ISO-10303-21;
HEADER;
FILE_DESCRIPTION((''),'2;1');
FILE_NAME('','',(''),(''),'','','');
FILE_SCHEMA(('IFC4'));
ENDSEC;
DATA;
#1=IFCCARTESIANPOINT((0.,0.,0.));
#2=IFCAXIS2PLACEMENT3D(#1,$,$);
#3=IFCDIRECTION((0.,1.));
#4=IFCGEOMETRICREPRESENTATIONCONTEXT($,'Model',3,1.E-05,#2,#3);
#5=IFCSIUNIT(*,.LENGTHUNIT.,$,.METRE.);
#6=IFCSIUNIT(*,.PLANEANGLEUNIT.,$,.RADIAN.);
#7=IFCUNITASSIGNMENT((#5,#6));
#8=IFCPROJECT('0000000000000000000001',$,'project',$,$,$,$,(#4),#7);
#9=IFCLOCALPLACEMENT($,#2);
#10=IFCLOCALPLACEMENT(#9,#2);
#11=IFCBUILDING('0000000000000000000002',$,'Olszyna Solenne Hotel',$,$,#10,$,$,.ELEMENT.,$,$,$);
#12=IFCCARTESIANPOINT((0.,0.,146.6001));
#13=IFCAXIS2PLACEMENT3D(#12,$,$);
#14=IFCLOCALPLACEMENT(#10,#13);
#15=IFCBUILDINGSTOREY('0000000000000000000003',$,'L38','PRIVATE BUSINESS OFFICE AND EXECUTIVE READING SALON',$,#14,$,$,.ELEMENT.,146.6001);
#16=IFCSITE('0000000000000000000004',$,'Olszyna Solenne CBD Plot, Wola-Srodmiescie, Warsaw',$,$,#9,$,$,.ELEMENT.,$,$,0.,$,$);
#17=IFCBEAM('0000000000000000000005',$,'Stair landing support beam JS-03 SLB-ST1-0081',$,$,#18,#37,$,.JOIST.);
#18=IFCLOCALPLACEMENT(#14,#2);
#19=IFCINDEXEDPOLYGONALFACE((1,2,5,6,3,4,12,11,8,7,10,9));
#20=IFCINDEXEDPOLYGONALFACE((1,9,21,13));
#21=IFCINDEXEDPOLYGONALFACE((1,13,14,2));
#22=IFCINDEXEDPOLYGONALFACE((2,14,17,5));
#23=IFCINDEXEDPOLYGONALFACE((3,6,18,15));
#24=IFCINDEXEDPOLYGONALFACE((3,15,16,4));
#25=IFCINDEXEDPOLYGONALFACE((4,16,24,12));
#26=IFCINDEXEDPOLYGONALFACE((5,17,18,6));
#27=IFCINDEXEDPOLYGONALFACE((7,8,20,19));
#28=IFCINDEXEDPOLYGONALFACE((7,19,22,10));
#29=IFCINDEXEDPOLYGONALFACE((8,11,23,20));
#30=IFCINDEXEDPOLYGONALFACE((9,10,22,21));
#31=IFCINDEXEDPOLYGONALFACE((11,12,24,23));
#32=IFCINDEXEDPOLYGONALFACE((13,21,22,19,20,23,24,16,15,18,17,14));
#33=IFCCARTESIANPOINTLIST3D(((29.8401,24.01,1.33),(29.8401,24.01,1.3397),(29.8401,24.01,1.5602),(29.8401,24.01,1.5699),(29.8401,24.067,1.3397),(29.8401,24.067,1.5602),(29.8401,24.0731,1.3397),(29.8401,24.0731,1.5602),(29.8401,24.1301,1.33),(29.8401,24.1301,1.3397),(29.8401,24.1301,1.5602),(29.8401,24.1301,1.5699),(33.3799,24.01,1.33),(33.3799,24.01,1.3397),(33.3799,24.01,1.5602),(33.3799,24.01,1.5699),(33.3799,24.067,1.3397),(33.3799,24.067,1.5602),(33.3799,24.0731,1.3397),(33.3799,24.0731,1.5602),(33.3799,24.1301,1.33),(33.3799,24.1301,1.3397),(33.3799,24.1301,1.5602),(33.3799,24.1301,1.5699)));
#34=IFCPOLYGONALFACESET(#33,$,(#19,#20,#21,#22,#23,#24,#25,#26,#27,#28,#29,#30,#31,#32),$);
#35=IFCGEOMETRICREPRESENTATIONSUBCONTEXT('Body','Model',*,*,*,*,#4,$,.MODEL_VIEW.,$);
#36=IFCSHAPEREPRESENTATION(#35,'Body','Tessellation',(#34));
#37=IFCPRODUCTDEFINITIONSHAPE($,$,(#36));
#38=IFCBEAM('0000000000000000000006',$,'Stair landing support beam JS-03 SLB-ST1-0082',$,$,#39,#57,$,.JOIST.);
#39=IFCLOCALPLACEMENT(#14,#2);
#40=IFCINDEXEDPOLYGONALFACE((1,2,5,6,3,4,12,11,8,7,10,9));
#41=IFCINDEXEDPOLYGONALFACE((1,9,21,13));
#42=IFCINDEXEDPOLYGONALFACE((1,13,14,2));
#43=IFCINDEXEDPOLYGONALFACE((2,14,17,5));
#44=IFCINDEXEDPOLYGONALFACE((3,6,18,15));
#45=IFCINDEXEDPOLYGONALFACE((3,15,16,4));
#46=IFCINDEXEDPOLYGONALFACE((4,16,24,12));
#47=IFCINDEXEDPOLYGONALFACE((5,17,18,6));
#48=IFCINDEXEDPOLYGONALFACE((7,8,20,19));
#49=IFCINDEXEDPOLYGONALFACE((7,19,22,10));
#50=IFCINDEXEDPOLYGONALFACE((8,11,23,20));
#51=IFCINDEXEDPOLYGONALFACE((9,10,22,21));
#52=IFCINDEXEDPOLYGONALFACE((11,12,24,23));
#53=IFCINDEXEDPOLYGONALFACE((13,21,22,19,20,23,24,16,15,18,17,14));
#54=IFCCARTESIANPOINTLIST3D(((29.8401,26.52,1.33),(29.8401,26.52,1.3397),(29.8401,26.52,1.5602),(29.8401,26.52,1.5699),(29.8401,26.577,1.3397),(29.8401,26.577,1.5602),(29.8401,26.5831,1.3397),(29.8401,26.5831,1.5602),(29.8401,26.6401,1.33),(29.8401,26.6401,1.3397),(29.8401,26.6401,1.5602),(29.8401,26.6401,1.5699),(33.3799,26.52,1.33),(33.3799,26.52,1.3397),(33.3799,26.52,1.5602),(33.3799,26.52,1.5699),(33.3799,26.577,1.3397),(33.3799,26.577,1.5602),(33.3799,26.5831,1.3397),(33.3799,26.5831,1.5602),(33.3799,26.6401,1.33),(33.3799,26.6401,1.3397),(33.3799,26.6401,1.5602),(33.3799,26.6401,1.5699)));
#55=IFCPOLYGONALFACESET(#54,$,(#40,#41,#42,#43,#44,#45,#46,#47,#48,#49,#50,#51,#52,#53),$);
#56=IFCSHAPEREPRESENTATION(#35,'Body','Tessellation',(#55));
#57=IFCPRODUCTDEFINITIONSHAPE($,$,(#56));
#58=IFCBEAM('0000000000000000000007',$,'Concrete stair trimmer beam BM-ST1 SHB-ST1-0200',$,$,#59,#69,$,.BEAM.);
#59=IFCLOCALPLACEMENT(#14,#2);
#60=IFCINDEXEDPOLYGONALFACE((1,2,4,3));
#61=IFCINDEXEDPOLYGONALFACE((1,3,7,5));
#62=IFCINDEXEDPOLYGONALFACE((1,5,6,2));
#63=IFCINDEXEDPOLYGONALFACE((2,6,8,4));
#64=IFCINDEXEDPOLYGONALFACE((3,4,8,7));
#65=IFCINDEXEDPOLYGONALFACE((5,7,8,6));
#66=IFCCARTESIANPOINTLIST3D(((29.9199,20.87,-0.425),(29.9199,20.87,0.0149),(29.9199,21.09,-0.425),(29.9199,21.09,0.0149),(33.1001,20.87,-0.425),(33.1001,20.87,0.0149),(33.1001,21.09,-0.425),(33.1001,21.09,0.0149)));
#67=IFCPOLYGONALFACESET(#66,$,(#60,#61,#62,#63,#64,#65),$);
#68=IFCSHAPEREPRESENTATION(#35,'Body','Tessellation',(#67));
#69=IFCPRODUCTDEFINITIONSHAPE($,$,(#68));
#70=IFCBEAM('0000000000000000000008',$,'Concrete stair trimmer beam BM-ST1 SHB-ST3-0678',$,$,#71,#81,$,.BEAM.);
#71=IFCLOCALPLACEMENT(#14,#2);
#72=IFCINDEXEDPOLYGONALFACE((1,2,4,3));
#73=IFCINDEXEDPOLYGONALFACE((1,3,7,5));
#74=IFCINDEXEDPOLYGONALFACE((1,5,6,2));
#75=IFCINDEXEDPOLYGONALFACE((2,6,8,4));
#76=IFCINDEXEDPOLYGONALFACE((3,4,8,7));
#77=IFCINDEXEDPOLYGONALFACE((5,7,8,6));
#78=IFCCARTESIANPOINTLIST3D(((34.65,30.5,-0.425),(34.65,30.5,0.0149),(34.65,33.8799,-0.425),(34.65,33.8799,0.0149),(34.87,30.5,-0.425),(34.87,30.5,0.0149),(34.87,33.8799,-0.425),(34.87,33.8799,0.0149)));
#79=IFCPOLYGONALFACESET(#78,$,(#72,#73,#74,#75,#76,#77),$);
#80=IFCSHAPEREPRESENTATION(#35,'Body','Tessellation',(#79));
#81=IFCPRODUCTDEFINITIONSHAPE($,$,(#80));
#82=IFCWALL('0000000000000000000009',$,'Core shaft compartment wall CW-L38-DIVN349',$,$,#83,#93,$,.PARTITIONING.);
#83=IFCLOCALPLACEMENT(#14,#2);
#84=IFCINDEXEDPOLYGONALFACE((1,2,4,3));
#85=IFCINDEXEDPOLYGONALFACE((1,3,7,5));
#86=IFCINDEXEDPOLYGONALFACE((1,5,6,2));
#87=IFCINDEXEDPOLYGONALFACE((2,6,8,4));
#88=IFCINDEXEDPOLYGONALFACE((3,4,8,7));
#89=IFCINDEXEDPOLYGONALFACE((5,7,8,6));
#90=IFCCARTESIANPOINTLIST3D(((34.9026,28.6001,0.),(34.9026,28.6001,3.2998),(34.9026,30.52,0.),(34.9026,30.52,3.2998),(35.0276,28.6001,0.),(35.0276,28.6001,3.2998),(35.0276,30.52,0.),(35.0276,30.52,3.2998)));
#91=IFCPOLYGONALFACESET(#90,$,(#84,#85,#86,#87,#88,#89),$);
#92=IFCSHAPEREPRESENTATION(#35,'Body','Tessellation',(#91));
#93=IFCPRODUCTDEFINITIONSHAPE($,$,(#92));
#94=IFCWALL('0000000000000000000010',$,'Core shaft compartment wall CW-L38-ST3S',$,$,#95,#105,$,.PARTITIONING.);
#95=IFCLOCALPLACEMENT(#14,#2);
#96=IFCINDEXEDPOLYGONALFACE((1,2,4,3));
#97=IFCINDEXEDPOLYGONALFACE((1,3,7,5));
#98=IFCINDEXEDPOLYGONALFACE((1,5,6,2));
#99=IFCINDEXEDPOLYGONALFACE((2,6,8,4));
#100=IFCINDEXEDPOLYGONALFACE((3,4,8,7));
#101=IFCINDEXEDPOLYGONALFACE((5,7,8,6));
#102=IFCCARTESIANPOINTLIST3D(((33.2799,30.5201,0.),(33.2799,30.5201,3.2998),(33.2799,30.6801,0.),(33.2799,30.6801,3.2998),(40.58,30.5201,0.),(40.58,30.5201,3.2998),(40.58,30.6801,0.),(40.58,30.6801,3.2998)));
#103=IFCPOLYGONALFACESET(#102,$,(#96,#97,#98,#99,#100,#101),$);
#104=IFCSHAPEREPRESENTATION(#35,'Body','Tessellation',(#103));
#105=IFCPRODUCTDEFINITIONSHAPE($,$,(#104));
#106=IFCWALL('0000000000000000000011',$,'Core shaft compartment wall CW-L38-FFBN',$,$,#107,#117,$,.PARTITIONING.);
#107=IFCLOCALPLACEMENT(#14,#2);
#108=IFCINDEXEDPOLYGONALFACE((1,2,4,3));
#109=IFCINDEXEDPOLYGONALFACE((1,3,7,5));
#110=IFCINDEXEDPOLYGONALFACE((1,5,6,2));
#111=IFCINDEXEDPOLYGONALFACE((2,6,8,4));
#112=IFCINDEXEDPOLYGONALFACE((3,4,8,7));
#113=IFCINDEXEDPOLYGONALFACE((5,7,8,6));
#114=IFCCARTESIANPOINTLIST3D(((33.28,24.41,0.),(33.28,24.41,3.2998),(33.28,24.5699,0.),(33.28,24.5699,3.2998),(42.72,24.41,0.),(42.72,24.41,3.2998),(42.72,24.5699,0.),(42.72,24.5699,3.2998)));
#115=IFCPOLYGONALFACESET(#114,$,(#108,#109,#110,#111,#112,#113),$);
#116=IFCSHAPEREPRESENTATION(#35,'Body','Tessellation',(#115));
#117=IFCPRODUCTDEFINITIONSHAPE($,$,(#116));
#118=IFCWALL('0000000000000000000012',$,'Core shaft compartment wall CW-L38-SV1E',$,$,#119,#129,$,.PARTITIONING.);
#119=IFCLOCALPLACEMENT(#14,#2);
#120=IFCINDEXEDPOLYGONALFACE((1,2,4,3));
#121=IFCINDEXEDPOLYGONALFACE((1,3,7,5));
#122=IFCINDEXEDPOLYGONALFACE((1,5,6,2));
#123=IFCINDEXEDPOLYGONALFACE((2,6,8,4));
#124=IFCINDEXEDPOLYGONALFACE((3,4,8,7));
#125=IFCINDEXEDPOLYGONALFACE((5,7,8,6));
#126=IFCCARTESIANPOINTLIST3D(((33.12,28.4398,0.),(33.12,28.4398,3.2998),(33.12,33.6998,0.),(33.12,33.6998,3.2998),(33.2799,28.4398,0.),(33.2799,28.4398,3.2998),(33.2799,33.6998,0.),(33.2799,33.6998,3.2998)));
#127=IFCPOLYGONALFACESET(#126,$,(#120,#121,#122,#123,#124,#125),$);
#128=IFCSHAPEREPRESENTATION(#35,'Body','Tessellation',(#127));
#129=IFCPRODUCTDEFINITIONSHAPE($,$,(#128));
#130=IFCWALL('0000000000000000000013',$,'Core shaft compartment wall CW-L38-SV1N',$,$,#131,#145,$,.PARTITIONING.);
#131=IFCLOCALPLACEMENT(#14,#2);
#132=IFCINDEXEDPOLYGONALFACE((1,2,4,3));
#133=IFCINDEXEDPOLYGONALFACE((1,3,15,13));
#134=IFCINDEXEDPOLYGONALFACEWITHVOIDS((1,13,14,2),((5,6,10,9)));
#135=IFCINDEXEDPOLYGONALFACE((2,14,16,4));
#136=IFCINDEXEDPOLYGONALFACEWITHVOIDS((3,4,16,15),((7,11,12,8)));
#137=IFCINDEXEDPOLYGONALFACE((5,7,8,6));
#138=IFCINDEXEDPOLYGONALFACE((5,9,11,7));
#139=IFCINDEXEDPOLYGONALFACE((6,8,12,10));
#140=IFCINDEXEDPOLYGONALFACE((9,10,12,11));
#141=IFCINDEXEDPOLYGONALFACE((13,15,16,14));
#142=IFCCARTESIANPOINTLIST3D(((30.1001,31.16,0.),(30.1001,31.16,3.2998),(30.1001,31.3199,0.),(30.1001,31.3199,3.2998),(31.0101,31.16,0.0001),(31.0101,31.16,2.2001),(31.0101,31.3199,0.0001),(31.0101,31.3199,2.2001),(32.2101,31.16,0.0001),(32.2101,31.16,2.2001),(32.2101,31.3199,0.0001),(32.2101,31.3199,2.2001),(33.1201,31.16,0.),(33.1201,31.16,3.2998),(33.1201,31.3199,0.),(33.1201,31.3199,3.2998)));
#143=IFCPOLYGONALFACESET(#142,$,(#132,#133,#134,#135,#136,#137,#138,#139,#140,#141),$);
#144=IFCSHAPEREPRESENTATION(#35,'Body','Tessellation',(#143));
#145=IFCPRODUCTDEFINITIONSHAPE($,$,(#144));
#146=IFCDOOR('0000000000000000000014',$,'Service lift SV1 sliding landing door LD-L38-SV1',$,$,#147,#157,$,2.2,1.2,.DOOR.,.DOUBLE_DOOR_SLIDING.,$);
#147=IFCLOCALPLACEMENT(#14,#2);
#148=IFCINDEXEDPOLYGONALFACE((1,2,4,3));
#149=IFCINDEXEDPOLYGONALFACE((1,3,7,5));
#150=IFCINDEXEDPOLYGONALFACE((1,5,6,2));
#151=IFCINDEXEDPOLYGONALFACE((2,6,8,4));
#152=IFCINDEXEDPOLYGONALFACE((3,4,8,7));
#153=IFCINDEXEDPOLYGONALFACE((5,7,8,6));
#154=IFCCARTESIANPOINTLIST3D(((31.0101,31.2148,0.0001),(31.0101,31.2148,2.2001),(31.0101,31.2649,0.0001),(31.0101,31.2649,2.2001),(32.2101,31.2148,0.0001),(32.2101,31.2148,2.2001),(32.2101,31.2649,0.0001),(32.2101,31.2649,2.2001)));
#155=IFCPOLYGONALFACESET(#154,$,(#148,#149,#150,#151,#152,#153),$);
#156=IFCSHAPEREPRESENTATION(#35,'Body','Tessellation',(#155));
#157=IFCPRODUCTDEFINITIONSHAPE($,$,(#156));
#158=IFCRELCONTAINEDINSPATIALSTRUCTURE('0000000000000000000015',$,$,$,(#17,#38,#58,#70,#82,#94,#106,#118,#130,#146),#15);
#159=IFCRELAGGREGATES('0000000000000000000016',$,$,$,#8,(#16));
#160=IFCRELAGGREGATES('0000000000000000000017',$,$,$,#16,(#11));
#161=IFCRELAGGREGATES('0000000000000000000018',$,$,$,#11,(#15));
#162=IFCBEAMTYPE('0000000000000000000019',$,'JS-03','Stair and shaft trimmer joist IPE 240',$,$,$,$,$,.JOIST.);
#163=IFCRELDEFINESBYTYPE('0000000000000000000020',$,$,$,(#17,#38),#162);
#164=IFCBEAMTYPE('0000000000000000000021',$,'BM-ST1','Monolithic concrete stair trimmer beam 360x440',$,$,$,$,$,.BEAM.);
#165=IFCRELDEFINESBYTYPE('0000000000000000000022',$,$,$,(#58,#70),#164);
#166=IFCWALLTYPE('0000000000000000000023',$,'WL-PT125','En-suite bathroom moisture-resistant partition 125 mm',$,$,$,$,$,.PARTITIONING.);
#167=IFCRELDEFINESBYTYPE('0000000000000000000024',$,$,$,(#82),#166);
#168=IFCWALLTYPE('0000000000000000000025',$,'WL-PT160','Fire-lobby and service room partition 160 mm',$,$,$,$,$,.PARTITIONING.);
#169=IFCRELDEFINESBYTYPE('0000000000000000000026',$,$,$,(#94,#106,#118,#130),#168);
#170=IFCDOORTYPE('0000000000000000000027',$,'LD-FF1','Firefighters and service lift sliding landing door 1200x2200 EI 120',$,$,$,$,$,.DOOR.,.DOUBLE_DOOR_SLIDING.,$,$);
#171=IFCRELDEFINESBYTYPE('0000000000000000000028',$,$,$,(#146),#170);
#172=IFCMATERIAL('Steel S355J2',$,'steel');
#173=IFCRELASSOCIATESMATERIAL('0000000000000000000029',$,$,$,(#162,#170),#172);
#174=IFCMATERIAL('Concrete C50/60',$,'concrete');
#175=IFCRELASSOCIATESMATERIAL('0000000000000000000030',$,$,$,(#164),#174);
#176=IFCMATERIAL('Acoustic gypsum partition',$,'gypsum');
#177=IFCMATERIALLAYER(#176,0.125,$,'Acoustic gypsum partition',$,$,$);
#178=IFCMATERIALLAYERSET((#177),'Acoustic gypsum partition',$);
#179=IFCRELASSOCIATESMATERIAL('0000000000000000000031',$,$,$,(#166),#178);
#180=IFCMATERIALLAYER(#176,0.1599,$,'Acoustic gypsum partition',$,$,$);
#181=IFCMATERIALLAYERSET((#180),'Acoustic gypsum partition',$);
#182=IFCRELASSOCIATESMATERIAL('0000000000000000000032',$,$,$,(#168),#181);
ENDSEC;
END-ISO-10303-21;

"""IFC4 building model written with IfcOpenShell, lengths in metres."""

from ifc_helpers import new_model, si_unit, direction, frame, frame_2d, origin, origin_2d, place, context, subcontext, project, spatial, rectangle, i_section, extrude, source, transform, mapped, material, layer, layer_set, material_profile, profile_set, type_object, type_shapes, element, fill, save


model = new_model("IFC4")

# Units and contexts
model_context = context("Model", 3, precision=1e-05, world=origin(), true_north=direction((0.0, 1.0)))
body_context = subcontext(model_context, "Body", "Model", "MODEL_VIEW")
ifc_project = project(units=[si_unit("LENGTHUNIT", "METRE"), si_unit("PLANEANGLEUNIT", "RADIAN")], contexts=[model_context])

# Site, building, storey
site_placement = place(None, origin())
site = spatial("IfcSite", under=ifc_project, at=site_placement, Name="Olszyna Solenne CBD Plot, Wola-Srodmiescie, Warsaw", CompositionType="ELEMENT", RefElevation=0.0)
building_placement = place(site_placement, origin())
building = spatial("IfcBuilding", under=site, at=building_placement, Name="Olszyna Solenne Hotel", CompositionType="ELEMENT")
storey_placement = place(building_placement, frame((0.0, 0.0, 146.6001)))
storey = spatial("IfcBuildingStorey", under=building, at=storey_placement, Name="L38", Description="PRIVATE BUSINESS OFFICE AND EXECUTIVE READING SALON", CompositionType="ELEMENT", Elevation=146.6001)

# Beams
ifc_material_1 = material(Name="Steel S355J2", Category="steel")
ifc_material_profile_1 = material_profile(ifc_material_1, i_section(OverallWidth=0.1201, OverallDepth=0.24, WebThickness=0.0061, FlangeThickness=0.0098, at=origin_2d()), Name="IPE 240", Category="load-bearing")
ifc_profile_set_1 = profile_set([ifc_material_profile_1], Name="Steel S355J2")
beam_type_1 = type_object("IfcBeamType", Name="JS-03", Description="Stair and shaft trimmer joist IPE 240", PredefinedType="JOIST", material=ifc_profile_set_1)
shared_shape_1 = source(origin(), body_context, "Body", "SweptSolid", [
    extrude(i_section(OverallWidth=0.1201, OverallDepth=0.24, WebThickness=0.0061, FlangeThickness=0.0098, at=origin_2d()), origin(), (0.0, 0.0, 1.0), 3.5398),
])
for number, where, z_axis, x_axis, name in (
    (1, (33.3799, 24.0701, 1.45), (-1.0, 0.0, 0.0), (0.0, -1.0, 0.0), "Stair landing support beam JS-03 SLB-ST1-0081"),
    (2, (33.3799, 26.5801, 1.45), (-1.0, 0.0, 0.0), (0.0, -1.0, 0.0), "Stair landing support beam JS-03 SLB-ST1-0082"),
):
    element("IfcBeam", number, at=place(storey_placement, frame(where, z_axis=z_axis, x_axis=x_axis)), inside=storey, type_object=beam_type_1, Name=name, PredefinedType="JOIST", context=body_context, shape_type="MappedRepresentation", body=[
        mapped(shared_shape_1, transform((0.0, 0.0, 0.0), x_axis=(1.0, 0.0, 0.0), y_axis=(0.0, 1.0, 0.0), z_axis=(0.0, 0.0, 1.0), scale=1.0)),
    ])
ifc_material_2 = material(Name="Concrete C50/60", Category="concrete")
ifc_material_profile_2 = material_profile(ifc_material_2, rectangle(XDim=0.22, YDim=0.4399, at=origin_2d()), Name="RC 220x440", Category="load-bearing")
ifc_profile_set_2 = profile_set([ifc_material_profile_2], Name="Concrete C50/60")
beam_type_2 = type_object("IfcBeamType", Name="BM-ST1", Description="Monolithic concrete stair trimmer beam 360x440", PredefinedType="BEAM", material=ifc_profile_set_2)
shared_shape_2 = source(origin(), body_context, "Body", "SweptSolid", [
    extrude(rectangle(XDim=0.22, YDim=0.4399, at=origin_2d()), origin(), (0.0, 0.0, 1.0), 3.1802),
])
beam_1_placement = place(storey_placement, frame((33.1001, 20.98, -0.2051), z_axis=(-1.0, 0.0, 0.0), x_axis=(0.0, -1.0, 0.0)))
element("IfcBeam", 3, at=beam_1_placement, inside=storey, type_object=beam_type_2, Name="Concrete stair trimmer beam BM-ST1 SHB-ST1-0200", PredefinedType="BEAM", context=body_context, shape_type="MappedRepresentation", body=[
    mapped(shared_shape_2, transform((0.0, 0.0, 0.0), x_axis=(1.0, 0.0, 0.0), y_axis=(0.0, 1.0, 0.0), z_axis=(0.0, 0.0, 1.0), scale=1.0)),
])
shared_shape_3 = source(origin(), body_context, "Body", "SweptSolid", [
    extrude(rectangle(XDim=0.22, YDim=0.4399, at=origin_2d()), origin(), (0.0, 0.0, 1.0), 3.3799),
])
beam_2_placement = place(storey_placement, frame((34.76, 30.5, -0.2051), z_axis=(0.0, 1.0, 0.0), x_axis=(-1.0, 0.0, 0.0)))
element("IfcBeam", 4, at=beam_2_placement, inside=storey, type_object=beam_type_2, Name="Concrete stair trimmer beam BM-ST1 SHB-ST3-0678", PredefinedType="BEAM", context=body_context, shape_type="MappedRepresentation", body=[
    mapped(shared_shape_3, transform((0.0, 0.0, 0.0), x_axis=(1.0, 0.0, 0.0), y_axis=(0.0, 1.0, 0.0), z_axis=(0.0, 0.0, 1.0), scale=1.0)),
])

# Walls
ifc_material_3 = material(Name="Acoustic gypsum partition", Category="gypsum")
ifc_layer_1 = layer(ifc_material_3, 0.125, Name="Acoustic gypsum partition")
ifc_layer_set_1 = layer_set([ifc_layer_1], Name="Acoustic gypsum partition")
wall_type_1 = type_object("IfcWallType", Name="WL-PT125", Description="En-suite bathroom moisture-resistant partition 125 mm", PredefinedType="PARTITIONING", material=ifc_layer_set_1)
wall_1_placement = place(storey_placement, frame((34.9651, 28.6001, 0.0), z_axis=(0.0, 0.0, 1.0), x_axis=(0.0, 1.0, 0.0)))
element("IfcWall", 5, at=wall_1_placement, inside=storey, type_object=wall_type_1, Name="Core shaft compartment wall CW-L38-DIVN349", PredefinedType="PARTITIONING", context=body_context, shape_type="SweptSolid", body=[
    extrude(rectangle(XDim=1.9199, YDim=0.125, at=frame_2d((0.96, 0.0))), origin(), (0.0, 0.0, 1.0), 3.2998),
])
ifc_layer_2 = layer(ifc_material_3, 0.1599, Name="Acoustic gypsum partition")
ifc_layer_set_2 = layer_set([ifc_layer_2], Name="Acoustic gypsum partition")
wall_type_2 = type_object("IfcWallType", Name="WL-PT160", Description="Fire-lobby and service room partition 160 mm", PredefinedType="PARTITIONING", material=ifc_layer_set_2)
wall_2_placement = place(storey_placement, frame((33.28, 30.6001, 0.0), z_axis=(0.0, 0.0, 1.0), x_axis=(1.0, 0.0, 0.0)))
element("IfcWall", 6, at=wall_2_placement, inside=storey, type_object=wall_type_2, Name="Core shaft compartment wall CW-L38-ST3S", PredefinedType="PARTITIONING", context=body_context, shape_type="SweptSolid", body=[
    extrude(rectangle(XDim=7.3, YDim=0.1599, at=frame_2d((3.6499, 0.0))), origin(), (0.0, 0.0, 1.0), 3.2998),
])
wall_3_placement = place(storey_placement, frame((33.28, 24.49, 0.0), z_axis=(0.0, 0.0, 1.0), x_axis=(1.0, 0.0, 0.0)))
element("IfcWall", 7, at=wall_3_placement, inside=storey, type_object=wall_type_2, Name="Core shaft compartment wall CW-L38-FFBN", PredefinedType="PARTITIONING", context=body_context, shape_type="SweptSolid", body=[
    extrude(rectangle(XDim=9.4399, YDim=0.1599, at=frame_2d((4.72, 0.0))), origin(), (0.0, 0.0, 1.0), 3.2998),
])
wall_4_placement = place(storey_placement, frame((33.2, 28.4399, 0.0), z_axis=(0.0, 0.0, 1.0), x_axis=(0.0, 1.0, 0.0)))
element("IfcWall", 8, at=wall_4_placement, inside=storey, type_object=wall_type_2, Name="Core shaft compartment wall CW-L38-SV1E", PredefinedType="PARTITIONING", context=body_context, shape_type="SweptSolid", body=[
    extrude(rectangle(XDim=5.26, YDim=0.1599, at=frame_2d((2.6299, 0.0))), origin(), (0.0, 0.0, 1.0), 3.2998),
])

# Wall, opening, door
wall_5_placement = place(storey_placement, frame((30.1001, 31.24, 0.0), z_axis=(0.0, 0.0, 1.0), x_axis=(1.0, 0.0, 0.0)))
wall_5 = element("IfcWall", 9, at=wall_5_placement, inside=storey, type_object=wall_type_2, Name="Core shaft compartment wall CW-L38-SV1N", PredefinedType="PARTITIONING", context=body_context, shape_type="SweptSolid", body=[
    extrude(rectangle(XDim=3.02, YDim=0.1599, at=frame_2d((1.51, 0.0))), origin(), (0.0, 0.0, 1.0), 3.2998),
])
opening_1_placement = place(wall_5_placement, frame((0.9099, 0.0, 0.0)))
opening_1 = element("IfcOpeningElement", 10, at=opening_1_placement, cuts=wall_5, PredefinedType="OPENING", context=body_context, shape_type="SweptSolid", body=[
    extrude(rectangle(XDim=1.2, YDim=2.2, at=frame_2d((0.6001, 1.1001))), frame((0.0, 0.0898, 0.0), z_axis=(0.0, -1.0, 0.0), x_axis=(1.0, 0.0, 0.0)), (0.0, 0.0, 1.0), 0.1799),
])
door_type_1 = type_object("IfcDoorType", Name="LD-FF1", Description="Firefighters and service lift sliding landing door 1200x2200 EI 120", OperationType="DOUBLE_DOOR_SLIDING", PredefinedType="DOOR", material=ifc_material_1)
shared_shape_4 = source(origin(), body_context, "Body", "SweptSolid", [
    extrude(rectangle(XDim=1.2, YDim=2.2, at=frame_2d((0.6001, 1.1001))), frame((0.0, 0.0249, 0.0), z_axis=(0.0, -1.0, 0.0), x_axis=(1.0, 0.0, 0.0)), (0.0, 0.0, 1.0), 0.05),
])
type_shapes(door_type_1, [shared_shape_4])
door_1_placement = place(opening_1_placement, origin())
door_1 = element("IfcDoor", 11, at=door_1_placement, inside=storey, type_object=door_type_1, Name="Service lift SV1 sliding landing door LD-L38-SV1", OperationType="DOUBLE_DOOR_SLIDING", OverallHeight=2.2, OverallWidth=1.2, PredefinedType="DOOR", context=body_context, shape_type="MappedRepresentation", body=[
    mapped(shared_shape_4, transform((0.0, 0.0, 0.0), x_axis=(1.0, 0.0, 0.0), y_axis=(0.0, 1.0, 0.0), z_axis=(0.0, 0.0, 1.0), scale=1.0)),
])
fill(opening_1, door_1)

save(model, "model.ifc")
